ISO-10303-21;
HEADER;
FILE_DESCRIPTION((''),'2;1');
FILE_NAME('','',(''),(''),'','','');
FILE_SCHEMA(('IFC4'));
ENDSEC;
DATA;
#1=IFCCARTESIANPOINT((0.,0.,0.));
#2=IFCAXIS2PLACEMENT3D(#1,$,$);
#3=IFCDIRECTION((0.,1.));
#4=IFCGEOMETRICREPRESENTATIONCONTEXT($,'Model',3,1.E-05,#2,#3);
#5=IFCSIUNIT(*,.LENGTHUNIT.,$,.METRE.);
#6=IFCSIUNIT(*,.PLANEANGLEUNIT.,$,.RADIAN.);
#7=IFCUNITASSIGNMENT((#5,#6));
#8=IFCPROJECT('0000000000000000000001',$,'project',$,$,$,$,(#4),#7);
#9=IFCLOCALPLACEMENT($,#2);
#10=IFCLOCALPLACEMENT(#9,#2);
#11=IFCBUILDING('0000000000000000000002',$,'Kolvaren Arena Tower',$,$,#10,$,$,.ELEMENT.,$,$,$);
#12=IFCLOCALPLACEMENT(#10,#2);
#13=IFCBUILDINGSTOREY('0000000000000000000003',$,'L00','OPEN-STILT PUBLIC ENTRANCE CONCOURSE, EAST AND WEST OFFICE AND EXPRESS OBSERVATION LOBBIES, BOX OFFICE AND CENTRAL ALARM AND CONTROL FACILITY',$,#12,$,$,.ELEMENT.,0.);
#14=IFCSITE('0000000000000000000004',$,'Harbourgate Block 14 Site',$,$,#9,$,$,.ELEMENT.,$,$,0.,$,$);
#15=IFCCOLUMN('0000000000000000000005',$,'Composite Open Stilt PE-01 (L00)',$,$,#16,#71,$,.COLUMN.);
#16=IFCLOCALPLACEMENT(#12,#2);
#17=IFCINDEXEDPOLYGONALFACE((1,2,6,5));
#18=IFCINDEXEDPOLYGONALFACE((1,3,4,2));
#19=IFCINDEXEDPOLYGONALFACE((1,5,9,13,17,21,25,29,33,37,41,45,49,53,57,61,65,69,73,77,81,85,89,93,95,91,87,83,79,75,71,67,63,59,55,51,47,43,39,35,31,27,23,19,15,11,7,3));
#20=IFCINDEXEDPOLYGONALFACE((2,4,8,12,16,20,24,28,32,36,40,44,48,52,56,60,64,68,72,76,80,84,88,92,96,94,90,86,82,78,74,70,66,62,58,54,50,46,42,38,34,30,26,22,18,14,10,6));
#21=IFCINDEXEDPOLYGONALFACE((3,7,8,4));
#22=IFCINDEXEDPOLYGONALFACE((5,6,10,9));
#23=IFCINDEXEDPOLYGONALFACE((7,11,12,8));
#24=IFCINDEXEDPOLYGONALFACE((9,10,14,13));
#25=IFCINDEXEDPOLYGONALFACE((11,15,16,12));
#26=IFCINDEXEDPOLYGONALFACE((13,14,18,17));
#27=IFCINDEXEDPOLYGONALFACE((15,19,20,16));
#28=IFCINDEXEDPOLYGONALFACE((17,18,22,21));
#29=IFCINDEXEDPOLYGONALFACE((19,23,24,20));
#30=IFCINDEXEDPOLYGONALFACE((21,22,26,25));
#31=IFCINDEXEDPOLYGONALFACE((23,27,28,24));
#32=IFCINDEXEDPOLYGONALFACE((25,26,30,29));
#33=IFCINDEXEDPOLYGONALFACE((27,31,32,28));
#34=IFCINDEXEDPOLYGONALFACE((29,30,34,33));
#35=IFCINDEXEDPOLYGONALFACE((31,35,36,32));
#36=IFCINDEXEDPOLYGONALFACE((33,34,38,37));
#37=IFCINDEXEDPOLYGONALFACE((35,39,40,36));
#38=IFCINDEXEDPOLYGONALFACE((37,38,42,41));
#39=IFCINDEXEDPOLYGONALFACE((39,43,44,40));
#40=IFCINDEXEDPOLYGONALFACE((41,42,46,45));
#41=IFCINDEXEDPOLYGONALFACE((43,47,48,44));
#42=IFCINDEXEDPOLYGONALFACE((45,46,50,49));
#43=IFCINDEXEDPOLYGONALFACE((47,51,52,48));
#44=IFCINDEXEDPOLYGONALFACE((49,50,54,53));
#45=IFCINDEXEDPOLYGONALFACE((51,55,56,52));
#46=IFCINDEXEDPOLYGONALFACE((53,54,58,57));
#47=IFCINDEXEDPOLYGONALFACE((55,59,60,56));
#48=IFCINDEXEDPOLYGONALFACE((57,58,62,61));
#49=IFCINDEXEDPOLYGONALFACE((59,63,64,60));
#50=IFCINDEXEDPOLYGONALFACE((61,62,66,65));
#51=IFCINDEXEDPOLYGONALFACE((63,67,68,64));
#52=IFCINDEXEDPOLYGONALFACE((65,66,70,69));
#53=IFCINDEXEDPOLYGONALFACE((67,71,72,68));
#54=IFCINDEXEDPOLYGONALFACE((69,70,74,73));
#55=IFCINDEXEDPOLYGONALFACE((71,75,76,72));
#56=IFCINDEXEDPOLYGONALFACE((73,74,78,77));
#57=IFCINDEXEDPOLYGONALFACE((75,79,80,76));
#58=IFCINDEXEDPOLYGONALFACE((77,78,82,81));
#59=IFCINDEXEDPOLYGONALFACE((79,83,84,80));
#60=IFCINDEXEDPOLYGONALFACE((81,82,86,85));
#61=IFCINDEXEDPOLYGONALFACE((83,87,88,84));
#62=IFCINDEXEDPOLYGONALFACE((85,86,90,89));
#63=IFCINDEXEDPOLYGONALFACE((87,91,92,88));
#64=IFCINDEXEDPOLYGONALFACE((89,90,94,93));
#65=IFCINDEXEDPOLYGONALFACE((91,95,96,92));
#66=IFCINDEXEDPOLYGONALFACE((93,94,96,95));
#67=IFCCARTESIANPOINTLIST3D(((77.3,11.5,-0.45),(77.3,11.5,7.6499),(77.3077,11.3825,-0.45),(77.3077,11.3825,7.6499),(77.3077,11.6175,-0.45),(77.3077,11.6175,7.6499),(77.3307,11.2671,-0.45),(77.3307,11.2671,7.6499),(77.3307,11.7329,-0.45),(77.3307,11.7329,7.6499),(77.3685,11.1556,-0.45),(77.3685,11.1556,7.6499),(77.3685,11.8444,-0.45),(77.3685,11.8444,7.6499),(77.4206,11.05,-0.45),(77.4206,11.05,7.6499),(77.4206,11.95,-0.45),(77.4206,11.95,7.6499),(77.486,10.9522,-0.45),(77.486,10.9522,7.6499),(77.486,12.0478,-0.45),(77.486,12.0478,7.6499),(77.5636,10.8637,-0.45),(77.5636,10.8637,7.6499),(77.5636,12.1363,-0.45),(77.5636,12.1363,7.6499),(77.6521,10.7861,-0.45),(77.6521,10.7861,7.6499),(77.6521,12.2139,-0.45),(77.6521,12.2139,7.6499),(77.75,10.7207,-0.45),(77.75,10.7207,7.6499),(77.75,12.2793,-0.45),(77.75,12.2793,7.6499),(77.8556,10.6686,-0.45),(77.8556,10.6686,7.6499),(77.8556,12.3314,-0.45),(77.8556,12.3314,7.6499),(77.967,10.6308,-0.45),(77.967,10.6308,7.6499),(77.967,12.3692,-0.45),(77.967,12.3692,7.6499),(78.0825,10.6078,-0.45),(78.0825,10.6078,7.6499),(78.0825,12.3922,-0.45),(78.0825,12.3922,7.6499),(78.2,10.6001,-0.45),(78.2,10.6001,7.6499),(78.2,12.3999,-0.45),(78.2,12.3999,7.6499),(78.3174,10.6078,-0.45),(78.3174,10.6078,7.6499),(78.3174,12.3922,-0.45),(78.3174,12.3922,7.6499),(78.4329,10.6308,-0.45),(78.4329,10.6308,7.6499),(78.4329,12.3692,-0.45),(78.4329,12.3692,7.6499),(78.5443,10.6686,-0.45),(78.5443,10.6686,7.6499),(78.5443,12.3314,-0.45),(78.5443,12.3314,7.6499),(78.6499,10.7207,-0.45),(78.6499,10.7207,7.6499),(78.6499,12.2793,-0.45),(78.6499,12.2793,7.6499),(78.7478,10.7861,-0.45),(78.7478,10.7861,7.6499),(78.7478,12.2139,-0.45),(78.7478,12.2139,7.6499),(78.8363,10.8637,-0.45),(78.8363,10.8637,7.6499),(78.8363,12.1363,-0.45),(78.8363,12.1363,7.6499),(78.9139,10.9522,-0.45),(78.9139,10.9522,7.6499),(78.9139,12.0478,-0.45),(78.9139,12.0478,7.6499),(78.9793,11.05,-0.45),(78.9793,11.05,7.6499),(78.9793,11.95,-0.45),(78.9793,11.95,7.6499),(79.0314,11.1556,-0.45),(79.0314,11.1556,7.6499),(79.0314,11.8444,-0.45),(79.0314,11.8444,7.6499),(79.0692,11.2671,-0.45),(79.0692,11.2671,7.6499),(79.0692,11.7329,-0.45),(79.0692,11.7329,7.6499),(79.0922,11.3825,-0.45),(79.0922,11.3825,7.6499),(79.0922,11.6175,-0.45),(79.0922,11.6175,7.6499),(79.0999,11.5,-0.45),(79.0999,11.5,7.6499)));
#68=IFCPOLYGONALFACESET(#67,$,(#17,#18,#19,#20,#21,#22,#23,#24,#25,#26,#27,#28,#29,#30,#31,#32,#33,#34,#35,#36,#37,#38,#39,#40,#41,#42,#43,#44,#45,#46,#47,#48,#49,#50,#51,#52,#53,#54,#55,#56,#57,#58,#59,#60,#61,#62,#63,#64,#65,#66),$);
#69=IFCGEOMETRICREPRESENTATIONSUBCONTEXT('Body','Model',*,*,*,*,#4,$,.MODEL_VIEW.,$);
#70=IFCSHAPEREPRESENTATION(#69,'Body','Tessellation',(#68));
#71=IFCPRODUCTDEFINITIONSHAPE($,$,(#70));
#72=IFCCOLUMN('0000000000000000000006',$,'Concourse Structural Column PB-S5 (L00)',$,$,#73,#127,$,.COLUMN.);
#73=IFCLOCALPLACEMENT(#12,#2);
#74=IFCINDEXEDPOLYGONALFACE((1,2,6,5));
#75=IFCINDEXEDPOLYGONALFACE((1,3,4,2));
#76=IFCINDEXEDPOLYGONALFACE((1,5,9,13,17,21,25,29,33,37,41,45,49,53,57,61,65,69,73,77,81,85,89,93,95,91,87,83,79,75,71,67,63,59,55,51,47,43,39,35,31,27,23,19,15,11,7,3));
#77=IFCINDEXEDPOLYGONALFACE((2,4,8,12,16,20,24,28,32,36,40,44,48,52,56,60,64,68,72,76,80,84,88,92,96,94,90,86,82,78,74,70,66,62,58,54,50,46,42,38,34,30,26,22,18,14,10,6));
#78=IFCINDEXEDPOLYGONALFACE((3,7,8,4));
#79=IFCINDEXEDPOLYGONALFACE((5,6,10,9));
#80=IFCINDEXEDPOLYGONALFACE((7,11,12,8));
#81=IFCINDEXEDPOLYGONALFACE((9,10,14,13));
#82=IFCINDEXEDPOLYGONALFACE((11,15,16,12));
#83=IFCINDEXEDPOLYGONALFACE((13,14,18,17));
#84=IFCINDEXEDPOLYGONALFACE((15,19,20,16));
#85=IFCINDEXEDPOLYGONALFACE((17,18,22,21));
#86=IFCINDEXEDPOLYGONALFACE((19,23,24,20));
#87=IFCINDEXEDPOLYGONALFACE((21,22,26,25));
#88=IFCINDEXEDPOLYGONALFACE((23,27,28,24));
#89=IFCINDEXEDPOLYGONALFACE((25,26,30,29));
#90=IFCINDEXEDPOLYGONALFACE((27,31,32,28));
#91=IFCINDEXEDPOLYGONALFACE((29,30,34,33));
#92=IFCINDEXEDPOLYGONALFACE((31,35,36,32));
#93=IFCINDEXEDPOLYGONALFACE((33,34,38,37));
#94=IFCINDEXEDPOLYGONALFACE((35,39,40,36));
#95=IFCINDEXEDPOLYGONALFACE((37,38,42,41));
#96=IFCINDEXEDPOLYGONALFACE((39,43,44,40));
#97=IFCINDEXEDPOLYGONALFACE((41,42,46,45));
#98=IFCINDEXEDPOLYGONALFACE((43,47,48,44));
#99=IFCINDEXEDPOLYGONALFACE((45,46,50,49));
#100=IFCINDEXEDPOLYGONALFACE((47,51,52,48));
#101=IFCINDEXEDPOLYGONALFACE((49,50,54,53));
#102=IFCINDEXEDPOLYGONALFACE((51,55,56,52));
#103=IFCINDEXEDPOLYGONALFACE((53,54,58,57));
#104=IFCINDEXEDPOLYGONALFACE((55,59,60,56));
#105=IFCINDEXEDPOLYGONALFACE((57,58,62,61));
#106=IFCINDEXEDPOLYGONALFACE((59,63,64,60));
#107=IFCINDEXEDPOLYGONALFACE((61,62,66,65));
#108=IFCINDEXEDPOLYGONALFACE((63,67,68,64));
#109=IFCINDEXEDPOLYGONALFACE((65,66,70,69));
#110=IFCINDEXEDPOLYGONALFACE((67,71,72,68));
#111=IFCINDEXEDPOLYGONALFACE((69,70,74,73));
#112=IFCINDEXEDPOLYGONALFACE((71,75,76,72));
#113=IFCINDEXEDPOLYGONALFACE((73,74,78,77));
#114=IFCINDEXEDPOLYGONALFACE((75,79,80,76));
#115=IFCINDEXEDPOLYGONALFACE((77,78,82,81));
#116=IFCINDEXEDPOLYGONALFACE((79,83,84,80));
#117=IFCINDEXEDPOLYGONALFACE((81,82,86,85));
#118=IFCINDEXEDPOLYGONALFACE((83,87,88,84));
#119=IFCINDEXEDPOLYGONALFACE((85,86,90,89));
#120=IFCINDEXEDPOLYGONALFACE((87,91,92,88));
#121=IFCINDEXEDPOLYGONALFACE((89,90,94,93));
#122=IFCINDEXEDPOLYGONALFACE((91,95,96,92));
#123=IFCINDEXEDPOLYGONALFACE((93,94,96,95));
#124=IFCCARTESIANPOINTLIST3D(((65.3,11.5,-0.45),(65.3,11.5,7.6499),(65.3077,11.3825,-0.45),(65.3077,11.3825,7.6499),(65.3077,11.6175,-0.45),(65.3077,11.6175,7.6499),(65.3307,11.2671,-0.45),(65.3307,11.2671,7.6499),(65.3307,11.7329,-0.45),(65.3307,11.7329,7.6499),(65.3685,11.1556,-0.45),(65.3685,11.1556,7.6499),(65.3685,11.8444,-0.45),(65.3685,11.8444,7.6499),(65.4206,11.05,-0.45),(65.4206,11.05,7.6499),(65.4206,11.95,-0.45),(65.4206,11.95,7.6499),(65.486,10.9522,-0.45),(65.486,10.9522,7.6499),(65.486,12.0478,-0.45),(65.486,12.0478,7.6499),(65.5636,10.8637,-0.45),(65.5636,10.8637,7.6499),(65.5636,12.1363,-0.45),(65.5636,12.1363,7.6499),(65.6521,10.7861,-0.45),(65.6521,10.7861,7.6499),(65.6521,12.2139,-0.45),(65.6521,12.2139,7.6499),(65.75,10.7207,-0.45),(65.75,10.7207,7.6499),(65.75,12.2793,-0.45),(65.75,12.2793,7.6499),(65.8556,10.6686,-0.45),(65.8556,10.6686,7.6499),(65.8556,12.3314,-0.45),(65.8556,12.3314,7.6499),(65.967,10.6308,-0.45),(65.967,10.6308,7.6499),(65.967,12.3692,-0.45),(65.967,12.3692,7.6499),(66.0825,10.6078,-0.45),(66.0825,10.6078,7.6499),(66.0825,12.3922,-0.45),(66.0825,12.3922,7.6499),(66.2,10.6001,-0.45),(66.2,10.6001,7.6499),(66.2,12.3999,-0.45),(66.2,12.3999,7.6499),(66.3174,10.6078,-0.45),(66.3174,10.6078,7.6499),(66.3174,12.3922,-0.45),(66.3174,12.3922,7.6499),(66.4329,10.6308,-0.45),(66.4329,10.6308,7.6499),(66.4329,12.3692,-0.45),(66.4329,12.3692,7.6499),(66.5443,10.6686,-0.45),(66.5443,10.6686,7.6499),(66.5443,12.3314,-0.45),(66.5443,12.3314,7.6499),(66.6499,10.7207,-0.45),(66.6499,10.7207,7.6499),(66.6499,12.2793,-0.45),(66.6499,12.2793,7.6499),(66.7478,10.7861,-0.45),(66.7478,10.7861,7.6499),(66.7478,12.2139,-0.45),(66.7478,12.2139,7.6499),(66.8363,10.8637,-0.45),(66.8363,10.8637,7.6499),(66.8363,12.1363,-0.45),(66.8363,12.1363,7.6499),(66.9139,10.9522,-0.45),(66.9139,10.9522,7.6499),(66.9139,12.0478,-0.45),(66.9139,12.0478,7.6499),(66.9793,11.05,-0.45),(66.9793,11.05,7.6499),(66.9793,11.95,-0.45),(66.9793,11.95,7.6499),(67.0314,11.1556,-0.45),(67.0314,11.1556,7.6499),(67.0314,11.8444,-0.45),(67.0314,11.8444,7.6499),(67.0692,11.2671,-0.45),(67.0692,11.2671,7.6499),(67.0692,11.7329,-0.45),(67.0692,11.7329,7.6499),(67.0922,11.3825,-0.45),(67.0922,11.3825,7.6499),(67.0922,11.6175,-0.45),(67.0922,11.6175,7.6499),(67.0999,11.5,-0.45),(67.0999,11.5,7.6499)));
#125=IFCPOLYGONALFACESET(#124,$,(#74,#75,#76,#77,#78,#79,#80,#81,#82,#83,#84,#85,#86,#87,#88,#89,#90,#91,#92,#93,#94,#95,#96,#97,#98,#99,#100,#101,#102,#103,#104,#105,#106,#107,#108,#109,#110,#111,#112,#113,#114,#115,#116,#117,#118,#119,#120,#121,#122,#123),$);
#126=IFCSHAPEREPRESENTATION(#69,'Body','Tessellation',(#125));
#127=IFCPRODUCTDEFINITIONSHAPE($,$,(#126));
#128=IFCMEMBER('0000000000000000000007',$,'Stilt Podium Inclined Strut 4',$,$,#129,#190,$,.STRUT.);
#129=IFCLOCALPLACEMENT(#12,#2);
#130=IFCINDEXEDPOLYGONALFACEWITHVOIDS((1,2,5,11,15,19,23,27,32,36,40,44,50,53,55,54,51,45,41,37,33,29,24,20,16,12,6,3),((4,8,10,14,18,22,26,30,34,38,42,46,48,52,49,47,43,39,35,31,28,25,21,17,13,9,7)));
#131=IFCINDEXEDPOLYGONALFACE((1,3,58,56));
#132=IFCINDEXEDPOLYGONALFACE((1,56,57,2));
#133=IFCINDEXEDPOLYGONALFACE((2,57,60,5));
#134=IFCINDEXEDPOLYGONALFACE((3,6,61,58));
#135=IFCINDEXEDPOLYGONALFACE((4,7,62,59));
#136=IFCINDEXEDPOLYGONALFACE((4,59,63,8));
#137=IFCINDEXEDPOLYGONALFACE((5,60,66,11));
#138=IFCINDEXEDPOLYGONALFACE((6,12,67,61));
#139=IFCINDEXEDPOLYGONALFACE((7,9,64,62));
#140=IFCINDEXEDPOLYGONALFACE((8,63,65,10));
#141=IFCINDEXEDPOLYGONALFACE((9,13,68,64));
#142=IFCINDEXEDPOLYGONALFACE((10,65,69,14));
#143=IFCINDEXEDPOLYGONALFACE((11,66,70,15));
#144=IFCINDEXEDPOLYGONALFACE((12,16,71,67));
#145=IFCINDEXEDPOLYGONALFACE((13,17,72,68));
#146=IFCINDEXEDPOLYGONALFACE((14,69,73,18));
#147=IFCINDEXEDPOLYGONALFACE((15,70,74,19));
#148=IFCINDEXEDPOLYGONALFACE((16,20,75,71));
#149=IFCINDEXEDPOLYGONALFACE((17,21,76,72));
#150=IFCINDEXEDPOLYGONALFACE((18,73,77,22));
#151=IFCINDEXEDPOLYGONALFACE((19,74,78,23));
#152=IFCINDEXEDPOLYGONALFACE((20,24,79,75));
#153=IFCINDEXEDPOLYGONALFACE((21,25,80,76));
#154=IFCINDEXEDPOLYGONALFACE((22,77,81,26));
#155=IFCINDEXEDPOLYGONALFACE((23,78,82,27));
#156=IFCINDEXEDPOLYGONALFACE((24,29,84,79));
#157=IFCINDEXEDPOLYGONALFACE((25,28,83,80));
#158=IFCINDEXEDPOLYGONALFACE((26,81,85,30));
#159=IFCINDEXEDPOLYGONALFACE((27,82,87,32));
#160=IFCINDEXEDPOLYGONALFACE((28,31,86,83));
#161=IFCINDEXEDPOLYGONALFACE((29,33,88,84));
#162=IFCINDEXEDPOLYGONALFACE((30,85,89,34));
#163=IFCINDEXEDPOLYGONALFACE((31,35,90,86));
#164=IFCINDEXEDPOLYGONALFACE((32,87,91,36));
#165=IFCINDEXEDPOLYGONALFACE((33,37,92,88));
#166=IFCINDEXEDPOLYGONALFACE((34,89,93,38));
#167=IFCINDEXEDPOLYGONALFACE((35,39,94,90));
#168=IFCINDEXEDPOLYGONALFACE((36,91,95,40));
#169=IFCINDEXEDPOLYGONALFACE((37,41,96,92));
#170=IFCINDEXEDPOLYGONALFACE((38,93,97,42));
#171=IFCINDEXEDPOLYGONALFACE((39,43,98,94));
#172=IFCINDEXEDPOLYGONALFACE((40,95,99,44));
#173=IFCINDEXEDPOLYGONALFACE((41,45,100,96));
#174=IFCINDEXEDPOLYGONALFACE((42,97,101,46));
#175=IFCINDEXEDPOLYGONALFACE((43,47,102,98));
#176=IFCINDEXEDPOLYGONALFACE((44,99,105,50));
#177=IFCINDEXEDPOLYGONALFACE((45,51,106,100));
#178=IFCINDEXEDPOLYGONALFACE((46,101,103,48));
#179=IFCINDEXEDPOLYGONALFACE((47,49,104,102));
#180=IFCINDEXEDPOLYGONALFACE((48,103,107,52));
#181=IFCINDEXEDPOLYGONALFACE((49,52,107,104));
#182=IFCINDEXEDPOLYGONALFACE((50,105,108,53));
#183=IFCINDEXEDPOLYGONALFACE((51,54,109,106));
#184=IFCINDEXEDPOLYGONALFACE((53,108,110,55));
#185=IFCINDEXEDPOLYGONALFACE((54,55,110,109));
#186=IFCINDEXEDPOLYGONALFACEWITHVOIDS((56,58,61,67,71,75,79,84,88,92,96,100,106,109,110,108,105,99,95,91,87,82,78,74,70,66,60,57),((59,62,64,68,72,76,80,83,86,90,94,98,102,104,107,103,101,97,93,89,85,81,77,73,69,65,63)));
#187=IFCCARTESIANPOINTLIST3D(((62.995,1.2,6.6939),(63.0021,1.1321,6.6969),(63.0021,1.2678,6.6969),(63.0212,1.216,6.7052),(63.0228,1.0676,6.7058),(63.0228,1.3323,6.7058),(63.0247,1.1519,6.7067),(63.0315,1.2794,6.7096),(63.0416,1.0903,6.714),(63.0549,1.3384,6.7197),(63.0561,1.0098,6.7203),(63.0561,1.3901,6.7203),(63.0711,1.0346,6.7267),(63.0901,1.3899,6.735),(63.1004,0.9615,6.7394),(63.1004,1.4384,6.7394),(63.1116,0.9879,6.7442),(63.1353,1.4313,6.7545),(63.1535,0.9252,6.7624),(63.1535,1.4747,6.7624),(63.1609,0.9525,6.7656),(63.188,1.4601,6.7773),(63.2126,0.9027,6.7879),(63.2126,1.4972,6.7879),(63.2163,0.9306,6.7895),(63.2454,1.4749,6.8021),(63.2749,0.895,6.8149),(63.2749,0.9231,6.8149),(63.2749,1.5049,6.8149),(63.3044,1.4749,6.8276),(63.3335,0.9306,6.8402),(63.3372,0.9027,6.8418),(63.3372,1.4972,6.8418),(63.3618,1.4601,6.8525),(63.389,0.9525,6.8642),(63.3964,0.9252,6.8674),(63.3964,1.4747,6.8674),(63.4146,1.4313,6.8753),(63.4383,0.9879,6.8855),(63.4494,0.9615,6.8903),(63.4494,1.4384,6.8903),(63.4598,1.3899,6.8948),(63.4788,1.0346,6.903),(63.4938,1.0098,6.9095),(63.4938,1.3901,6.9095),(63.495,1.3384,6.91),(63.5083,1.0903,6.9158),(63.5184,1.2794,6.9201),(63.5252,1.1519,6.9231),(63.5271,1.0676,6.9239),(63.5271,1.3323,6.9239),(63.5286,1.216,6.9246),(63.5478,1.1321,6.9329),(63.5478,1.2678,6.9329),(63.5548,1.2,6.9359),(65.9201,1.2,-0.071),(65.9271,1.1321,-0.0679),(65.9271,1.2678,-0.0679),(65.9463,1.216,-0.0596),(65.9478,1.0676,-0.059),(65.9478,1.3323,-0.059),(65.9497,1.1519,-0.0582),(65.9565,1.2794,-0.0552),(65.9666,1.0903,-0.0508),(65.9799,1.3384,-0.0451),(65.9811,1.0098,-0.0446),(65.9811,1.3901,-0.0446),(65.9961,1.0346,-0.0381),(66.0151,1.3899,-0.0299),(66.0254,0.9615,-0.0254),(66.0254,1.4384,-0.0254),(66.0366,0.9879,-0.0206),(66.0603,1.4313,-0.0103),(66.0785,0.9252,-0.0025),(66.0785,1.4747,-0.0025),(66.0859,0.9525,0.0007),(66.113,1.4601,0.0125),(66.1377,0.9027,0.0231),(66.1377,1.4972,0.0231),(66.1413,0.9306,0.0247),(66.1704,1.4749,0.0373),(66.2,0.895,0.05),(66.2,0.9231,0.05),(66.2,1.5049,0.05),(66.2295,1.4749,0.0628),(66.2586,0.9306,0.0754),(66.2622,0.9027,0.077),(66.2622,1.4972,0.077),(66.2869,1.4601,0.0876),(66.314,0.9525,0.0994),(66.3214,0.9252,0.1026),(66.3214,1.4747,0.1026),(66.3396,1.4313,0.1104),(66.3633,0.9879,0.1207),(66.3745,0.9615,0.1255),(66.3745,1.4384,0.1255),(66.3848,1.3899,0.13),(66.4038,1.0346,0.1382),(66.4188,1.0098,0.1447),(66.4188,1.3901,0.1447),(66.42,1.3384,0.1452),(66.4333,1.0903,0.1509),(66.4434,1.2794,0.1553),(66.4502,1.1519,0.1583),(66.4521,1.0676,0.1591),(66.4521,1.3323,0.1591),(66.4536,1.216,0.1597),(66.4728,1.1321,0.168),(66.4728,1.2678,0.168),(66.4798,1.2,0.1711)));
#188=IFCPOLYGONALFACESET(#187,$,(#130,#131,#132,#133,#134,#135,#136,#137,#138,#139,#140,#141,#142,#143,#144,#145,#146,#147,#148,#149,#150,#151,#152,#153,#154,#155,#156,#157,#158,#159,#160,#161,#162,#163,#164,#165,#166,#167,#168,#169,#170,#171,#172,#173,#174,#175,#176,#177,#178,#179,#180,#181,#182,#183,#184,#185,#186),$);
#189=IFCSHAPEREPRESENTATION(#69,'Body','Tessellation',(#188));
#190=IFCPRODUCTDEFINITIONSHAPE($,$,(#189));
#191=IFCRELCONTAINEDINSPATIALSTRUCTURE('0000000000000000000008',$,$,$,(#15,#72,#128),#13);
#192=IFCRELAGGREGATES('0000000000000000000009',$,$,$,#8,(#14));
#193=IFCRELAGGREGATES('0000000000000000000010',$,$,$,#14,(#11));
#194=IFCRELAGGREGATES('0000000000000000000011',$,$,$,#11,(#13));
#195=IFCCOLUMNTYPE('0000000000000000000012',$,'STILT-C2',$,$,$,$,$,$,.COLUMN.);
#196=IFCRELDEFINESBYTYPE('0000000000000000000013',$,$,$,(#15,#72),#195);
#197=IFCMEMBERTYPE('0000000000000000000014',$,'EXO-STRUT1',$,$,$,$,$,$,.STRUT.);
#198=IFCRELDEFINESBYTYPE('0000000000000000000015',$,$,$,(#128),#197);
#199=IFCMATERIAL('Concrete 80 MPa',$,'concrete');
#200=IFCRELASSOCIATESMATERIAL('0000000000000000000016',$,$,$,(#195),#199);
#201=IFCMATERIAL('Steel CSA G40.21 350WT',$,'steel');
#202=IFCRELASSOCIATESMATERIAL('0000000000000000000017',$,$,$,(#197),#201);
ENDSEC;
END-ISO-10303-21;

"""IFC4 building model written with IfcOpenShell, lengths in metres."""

from ifc_helpers import new_model, si_unit, direction, frame, origin, origin_2d, place, context, subcontext, project, spatial, circle, hollow_circle, extrude, material, material_profile, profile_set, type_object, element, save


model = new_model("IFC4")

# Units and contexts
model_context = context("Model", 3, precision=1e-05, world=origin(), true_north=direction((0.0, 1.0)))
body_context = subcontext(model_context, "Body", "Model", "MODEL_VIEW")
ifc_project = project(units=[si_unit("LENGTHUNIT", "METRE"), si_unit("PLANEANGLEUNIT", "RADIAN")], contexts=[model_context])

# Site, building, storey
site_placement = place(None, origin())
site = spatial("IfcSite", under=ifc_project, at=site_placement, Name="Harbourgate Block 14 Site", CompositionType="ELEMENT", RefElevation=0.0)
building_placement = place(site_placement, origin())
building = spatial("IfcBuilding", under=site, at=building_placement, Name="Kolvaren Arena Tower", CompositionType="ELEMENT")
storey_placement = place(building_placement, origin())
storey = spatial("IfcBuildingStorey", under=building, at=storey_placement, Name="L00", Description="OPEN-STILT PUBLIC ENTRANCE CONCOURSE, EAST AND WEST OFFICE AND EXPRESS OBSERVATION LOBBIES, BOX OFFICE AND CENTRAL ALARM AND CONTROL FACILITY", CompositionType="ELEMENT", Elevation=0.0)

# Columns
ifc_material_1 = material(Name="Concrete 80 MPa", Category="concrete")
ifc_material_profile_1 = material_profile(ifc_material_1, circle(Radius=0.8999, at=origin_2d()), Name="RC-CIRC-1800")
ifc_profile_set_1 = profile_set([ifc_material_profile_1], Name="Concrete 80 MPa")
column_type_1 = type_object("IfcColumnType", Name="STILT-C2", PredefinedType="COLUMN", material=ifc_profile_set_1)
for number, where, z_axis, x_axis, name in (
    (1, (78.2, 11.5, -0.45), (0.0, 0.0, 1.0), (1.0, 0.0, 0.0), "Composite Open Stilt PE-01 (L00)"),
    (2, (66.2, 11.5, -0.45), (0.0, 0.0, 1.0), (1.0, 0.0, 0.0), "Concourse Structural Column PB-S5 (L00)"),
):
    element("IfcColumn", number, at=place(storey_placement, frame(where, z_axis=z_axis, x_axis=x_axis)), inside=storey, type_object=column_type_1, Name=name, PredefinedType="COLUMN", context=body_context, shape_type="SweptSolid", body=[
        extrude(circle(Radius=0.8999, at=origin_2d()), origin(), (0.0, 0.0, 1.0), 8.0999),
    ])

# Member
ifc_material_2 = material(Name="Steel CSA G40.21 350WT", Category="steel")
ifc_material_profile_2 = material_profile(ifc_material_2, hollow_circle(Radius=0.3049, WallThickness=0.0281, at=origin_2d()), Name="CHS 610x28")
ifc_profile_set_2 = profile_set([ifc_material_profile_2], Name="Steel CSA G40.21 350WT")
member_type = type_object("IfcMemberType", Name="EXO-STRUT1", PredefinedType="STRUT", material=ifc_profile_set_2)
member_placement = place(storey_placement, frame((66.2, 1.2, 0.05), z_axis=(-0.396876, 0.0, 0.917872), x_axis=(0.0, -1.0, 0.0)))
element("IfcMember", 3, at=member_placement, inside=storey, type_object=member_type, Name="Stilt Podium Inclined Strut 4", PredefinedType="STRUT", context=body_context, shape_type="SweptSolid", body=[
    extrude(hollow_circle(Radius=0.3049, WallThickness=0.0281, at=origin_2d()), origin(), (0.0, 0.0, 1.0), 7.3701),
])

save(model, "model.ifc")
